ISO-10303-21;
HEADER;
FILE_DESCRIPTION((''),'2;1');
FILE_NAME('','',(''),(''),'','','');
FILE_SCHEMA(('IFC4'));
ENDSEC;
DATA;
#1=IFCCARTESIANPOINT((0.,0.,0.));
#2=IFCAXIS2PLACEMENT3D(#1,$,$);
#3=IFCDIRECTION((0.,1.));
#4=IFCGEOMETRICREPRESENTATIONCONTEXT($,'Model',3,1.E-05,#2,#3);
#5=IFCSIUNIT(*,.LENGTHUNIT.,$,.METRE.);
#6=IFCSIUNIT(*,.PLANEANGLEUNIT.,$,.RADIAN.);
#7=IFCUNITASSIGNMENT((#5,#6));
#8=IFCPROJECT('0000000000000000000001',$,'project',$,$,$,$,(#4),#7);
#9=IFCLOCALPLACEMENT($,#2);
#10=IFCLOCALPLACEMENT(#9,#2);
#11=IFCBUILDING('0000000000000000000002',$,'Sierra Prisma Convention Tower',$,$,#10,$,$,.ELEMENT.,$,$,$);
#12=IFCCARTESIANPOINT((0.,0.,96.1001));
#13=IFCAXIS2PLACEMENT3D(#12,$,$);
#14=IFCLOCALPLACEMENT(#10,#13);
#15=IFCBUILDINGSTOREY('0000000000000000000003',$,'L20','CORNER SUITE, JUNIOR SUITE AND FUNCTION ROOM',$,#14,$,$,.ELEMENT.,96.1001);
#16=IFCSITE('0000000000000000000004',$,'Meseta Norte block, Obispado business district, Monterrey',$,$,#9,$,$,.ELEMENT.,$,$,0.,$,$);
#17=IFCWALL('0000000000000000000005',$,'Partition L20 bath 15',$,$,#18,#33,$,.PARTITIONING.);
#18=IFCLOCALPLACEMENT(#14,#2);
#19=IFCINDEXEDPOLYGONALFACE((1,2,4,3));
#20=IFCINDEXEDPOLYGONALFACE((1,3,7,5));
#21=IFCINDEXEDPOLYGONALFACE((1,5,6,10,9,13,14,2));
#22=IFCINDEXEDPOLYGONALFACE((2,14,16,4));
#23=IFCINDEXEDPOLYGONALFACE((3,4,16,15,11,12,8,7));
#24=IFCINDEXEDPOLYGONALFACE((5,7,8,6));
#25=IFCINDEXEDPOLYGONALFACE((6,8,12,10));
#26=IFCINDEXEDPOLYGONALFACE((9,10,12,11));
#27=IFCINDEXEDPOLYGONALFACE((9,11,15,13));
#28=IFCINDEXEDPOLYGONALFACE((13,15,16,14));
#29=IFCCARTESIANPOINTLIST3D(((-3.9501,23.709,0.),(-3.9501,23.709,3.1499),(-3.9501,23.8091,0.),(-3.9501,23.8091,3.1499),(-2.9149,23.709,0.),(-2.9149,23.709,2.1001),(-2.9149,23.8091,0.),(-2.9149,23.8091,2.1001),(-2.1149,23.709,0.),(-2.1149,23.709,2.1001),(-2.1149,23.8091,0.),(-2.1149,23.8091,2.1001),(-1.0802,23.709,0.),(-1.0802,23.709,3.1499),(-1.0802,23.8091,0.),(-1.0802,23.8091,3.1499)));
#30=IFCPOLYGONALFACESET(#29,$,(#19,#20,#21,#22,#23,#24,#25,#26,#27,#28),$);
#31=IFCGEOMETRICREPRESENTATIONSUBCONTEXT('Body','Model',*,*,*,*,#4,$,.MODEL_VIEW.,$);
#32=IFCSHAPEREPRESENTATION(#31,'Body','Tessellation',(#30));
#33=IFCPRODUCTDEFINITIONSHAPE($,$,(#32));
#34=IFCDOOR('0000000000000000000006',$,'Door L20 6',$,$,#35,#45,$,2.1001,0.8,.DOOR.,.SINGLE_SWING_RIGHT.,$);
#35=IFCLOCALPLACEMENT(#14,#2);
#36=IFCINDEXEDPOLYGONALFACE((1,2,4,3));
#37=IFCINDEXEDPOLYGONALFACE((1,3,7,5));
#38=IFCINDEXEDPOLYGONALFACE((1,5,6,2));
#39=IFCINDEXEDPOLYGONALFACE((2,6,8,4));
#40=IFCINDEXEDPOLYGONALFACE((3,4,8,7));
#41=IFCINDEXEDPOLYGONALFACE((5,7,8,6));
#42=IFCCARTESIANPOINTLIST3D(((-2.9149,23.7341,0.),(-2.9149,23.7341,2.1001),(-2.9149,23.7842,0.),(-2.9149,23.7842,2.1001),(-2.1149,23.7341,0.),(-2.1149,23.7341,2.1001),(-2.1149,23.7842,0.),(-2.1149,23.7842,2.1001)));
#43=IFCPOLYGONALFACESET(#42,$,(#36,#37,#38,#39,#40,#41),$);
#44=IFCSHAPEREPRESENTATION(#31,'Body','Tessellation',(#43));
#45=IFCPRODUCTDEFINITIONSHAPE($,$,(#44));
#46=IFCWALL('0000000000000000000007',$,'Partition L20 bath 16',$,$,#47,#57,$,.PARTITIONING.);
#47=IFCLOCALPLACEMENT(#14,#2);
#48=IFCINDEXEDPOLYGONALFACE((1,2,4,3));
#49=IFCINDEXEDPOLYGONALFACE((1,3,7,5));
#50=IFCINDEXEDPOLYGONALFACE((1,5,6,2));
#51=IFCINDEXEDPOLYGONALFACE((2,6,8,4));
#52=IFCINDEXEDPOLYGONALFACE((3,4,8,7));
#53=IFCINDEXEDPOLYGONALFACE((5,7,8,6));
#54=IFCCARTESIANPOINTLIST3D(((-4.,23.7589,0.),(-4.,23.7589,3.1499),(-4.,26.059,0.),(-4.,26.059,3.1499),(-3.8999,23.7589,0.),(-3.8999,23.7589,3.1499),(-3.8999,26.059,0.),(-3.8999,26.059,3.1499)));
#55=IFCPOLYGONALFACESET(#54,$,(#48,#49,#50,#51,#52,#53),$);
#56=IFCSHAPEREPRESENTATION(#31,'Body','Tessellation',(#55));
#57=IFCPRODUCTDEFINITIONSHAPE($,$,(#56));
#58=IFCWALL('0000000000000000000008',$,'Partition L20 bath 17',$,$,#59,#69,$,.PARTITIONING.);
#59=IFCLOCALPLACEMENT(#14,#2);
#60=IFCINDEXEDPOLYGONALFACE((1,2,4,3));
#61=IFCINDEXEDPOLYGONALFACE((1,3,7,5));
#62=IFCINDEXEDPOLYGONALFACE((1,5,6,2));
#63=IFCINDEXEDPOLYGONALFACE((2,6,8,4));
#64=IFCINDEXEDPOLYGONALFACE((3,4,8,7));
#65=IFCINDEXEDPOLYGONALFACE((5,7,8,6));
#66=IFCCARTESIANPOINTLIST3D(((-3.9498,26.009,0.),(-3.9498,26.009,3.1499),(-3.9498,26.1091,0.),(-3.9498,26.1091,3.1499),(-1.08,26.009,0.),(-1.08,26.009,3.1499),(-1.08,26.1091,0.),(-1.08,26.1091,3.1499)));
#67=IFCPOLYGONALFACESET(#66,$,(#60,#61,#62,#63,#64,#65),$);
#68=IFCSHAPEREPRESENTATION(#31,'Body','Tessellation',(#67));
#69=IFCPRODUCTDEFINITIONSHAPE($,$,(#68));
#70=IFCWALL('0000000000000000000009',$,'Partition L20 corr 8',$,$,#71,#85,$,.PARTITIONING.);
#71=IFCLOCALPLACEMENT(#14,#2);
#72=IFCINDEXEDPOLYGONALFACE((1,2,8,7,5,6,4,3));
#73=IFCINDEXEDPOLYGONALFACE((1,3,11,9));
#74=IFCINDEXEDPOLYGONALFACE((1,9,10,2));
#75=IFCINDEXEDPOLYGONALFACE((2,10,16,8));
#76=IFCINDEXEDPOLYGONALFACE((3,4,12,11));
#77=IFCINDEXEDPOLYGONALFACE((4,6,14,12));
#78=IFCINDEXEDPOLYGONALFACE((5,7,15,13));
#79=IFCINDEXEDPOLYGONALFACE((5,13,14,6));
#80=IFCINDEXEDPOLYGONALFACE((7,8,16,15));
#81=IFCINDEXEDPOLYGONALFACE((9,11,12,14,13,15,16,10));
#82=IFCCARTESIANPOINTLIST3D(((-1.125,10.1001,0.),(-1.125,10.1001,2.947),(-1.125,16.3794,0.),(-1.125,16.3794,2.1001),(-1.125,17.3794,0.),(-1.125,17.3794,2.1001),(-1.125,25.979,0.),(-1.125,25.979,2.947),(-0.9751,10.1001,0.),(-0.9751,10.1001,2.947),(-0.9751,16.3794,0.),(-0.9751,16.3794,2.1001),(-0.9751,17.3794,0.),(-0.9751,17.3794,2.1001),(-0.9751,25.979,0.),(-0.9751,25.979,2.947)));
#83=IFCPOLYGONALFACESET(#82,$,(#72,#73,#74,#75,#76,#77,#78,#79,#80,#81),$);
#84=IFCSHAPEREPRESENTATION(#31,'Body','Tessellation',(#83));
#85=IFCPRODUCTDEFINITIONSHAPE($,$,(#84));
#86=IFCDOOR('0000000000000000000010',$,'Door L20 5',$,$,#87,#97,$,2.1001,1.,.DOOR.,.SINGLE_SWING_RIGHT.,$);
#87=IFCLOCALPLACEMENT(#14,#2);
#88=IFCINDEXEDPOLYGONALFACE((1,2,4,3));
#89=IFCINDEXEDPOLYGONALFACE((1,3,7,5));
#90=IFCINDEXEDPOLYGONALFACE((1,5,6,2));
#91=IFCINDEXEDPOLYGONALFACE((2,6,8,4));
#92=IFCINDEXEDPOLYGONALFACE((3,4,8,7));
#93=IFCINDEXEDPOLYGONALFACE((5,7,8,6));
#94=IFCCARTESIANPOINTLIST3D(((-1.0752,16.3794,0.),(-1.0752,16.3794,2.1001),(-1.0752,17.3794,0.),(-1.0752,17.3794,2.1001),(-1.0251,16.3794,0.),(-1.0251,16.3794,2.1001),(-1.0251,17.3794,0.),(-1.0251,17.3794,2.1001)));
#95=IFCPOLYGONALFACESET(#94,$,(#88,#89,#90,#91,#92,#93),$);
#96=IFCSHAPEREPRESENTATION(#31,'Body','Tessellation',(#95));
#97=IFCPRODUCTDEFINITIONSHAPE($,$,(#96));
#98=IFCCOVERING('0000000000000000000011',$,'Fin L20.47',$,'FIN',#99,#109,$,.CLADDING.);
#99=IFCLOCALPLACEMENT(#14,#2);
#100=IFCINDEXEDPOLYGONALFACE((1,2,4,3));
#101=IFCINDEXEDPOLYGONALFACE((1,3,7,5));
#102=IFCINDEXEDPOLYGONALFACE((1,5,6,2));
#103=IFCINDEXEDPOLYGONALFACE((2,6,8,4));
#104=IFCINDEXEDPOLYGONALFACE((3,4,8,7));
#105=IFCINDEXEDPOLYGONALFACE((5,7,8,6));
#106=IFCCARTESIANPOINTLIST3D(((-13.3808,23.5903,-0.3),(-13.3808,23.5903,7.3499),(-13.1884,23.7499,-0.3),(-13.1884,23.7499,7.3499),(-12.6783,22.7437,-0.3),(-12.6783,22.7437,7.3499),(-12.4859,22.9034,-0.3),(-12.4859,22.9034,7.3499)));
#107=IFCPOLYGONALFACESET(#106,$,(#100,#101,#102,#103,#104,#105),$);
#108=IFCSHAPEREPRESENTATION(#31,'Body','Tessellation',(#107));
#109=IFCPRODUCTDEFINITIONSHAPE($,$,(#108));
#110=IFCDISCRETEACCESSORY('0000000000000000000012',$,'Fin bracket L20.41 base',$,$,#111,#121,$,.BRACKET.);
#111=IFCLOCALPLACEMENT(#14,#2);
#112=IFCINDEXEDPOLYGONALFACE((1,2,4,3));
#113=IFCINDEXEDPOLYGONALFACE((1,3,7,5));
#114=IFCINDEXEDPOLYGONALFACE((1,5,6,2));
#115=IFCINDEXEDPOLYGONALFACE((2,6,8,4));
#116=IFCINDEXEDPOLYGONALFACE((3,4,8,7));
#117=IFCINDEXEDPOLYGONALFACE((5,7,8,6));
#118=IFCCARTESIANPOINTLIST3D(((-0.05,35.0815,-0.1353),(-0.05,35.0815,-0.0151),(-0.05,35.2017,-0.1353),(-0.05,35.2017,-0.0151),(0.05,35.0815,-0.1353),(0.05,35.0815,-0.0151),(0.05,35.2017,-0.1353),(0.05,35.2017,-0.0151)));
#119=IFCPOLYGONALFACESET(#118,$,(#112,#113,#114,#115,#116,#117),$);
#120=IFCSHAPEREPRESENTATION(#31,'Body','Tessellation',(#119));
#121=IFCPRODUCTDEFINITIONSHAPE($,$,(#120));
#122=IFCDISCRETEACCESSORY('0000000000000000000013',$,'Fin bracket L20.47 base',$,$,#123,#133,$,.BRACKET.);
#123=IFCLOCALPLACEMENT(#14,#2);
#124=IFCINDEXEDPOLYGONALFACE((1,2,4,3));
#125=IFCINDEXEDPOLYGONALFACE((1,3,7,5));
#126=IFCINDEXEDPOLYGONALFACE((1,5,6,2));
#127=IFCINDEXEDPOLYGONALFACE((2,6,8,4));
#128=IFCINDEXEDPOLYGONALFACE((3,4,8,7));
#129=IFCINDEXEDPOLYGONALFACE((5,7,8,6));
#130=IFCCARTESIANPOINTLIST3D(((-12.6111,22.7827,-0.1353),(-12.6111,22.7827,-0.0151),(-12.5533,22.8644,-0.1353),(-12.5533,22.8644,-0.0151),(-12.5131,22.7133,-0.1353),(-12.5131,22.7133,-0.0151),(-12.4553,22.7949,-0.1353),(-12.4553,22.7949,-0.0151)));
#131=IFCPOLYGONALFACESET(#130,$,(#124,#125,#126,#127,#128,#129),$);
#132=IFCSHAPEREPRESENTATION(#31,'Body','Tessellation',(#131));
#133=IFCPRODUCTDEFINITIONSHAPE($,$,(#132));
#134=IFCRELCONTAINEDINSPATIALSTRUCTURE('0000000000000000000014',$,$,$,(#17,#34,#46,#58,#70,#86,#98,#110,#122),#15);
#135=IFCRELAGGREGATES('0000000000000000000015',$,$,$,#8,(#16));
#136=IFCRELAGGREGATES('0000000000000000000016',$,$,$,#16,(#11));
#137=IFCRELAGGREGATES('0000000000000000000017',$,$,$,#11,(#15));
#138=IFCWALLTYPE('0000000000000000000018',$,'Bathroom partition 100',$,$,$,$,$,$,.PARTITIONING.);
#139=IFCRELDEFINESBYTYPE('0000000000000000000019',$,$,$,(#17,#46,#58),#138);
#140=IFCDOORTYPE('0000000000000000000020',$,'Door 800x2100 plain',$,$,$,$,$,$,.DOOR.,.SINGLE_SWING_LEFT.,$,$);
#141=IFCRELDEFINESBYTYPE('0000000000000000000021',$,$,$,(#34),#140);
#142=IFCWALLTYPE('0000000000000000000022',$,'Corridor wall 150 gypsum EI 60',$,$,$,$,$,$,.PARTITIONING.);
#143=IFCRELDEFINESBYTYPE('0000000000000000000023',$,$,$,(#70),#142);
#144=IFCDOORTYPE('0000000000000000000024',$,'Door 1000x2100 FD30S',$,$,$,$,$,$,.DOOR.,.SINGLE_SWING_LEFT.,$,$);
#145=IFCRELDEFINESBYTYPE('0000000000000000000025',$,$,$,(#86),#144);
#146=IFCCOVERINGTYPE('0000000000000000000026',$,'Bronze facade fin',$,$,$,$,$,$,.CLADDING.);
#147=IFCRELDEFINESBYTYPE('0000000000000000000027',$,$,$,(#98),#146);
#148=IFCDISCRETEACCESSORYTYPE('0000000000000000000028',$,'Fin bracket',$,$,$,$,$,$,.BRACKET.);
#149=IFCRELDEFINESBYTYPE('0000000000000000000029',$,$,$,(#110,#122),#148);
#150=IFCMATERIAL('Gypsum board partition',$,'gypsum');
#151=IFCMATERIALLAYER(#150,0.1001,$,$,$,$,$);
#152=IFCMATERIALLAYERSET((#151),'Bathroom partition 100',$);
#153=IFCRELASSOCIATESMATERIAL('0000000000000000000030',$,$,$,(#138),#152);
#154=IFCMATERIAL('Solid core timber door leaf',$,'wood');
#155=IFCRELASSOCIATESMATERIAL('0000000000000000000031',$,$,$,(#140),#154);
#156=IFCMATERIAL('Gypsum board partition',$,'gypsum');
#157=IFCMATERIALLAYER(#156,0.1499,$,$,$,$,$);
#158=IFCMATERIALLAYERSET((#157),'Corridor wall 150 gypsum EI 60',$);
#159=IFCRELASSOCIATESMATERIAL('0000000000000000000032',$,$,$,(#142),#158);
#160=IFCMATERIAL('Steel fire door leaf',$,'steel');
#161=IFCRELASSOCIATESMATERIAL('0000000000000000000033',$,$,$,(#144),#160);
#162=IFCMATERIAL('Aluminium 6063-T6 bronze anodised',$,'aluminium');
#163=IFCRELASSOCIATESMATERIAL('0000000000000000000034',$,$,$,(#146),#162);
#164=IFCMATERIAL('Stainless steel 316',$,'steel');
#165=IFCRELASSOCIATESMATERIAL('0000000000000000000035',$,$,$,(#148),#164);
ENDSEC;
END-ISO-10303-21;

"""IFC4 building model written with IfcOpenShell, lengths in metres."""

from ifc_helpers import new_model, si_unit, direction, frame, frame_2d, origin, origin_2d, place, context, subcontext, project, spatial, rectangle, extrude, material, layer, layer_set, material_profile, profile_set, type_object, element, fill, save


model = new_model("IFC4")

# Units and contexts
model_context = context("Model", 3, precision=1e-05, world=origin(), true_north=direction((0.0, 1.0)))
body_context = subcontext(model_context, "Body", "Model", "MODEL_VIEW")
ifc_project = project(units=[si_unit("LENGTHUNIT", "METRE"), si_unit("PLANEANGLEUNIT", "RADIAN")], contexts=[model_context])

# Site, building, storey
site_placement = place(None, origin())
site = spatial("IfcSite", under=ifc_project, at=site_placement, Name="Meseta Norte block, Obispado business district, Monterrey", CompositionType="ELEMENT", RefElevation=0.0)
building_placement = place(site_placement, origin())
building = spatial("IfcBuilding", under=site, at=building_placement, Name="Sierra Prisma Convention Tower", CompositionType="ELEMENT")
storey_placement = place(building_placement, frame((0.0, 0.0, 96.1001)))
storey = spatial("IfcBuildingStorey", under=building, at=storey_placement, Name="L20", Description="CORNER SUITE, JUNIOR SUITE AND FUNCTION ROOM", CompositionType="ELEMENT", Elevation=96.1001)

# Wall, opening, door
ifc_material_1 = material(Name="Gypsum board partition", Category="gypsum")
ifc_layer_1 = layer(ifc_material_1, 0.1001)
ifc_layer_set_1 = layer_set([ifc_layer_1], Name="Bathroom partition 100")
wall_type_1 = type_object("IfcWallType", Name="Bathroom partition 100", PredefinedType="PARTITIONING", material=ifc_layer_set_1)
wall_1_placement = place(storey_placement, frame((-1.0801, 23.759, 0.0), z_axis=(0.0, 0.0, 1.0), x_axis=(-1.0, 0.0, 0.0)))
wall_1 = element("IfcWall", 1, at=wall_1_placement, inside=storey, type_object=wall_type_1, Name="Partition L20 bath 15", PredefinedType="PARTITIONING", context=body_context, shape_type="SweptSolid", body=[
    extrude(rectangle(XDim=2.8699, YDim=0.1001, at=frame_2d((1.4351, 0.0))), origin(), (0.0, 0.0, 1.0), 3.1499),
])
opening_1_placement = place(wall_1_placement, frame((1.0349, 0.0, 0.0)))
opening_1 = element("IfcOpeningElement", 2, at=opening_1_placement, cuts=wall_1, PredefinedType="OPENING", context=body_context, shape_type="SweptSolid", body=[
    extrude(rectangle(XDim=0.8, YDim=2.1001, at=frame_2d((0.3999, 1.05))), frame((0.0, 0.05, 0.0), z_axis=(0.0, -1.0, 0.0), x_axis=(1.0, 0.0, 0.0)), (0.0, 0.0, 1.0), 0.1001),
])
ifc_material_2 = material(Name="Solid core timber door leaf", Category="wood")
door_type_1 = type_object("IfcDoorType", Name="Door 800x2100 plain", OperationType="SINGLE_SWING_LEFT", PredefinedType="DOOR", material=ifc_material_2)
door_1_placement = place(opening_1_placement, origin())
door_1 = element("IfcDoor", 3, at=door_1_placement, inside=storey, type_object=door_type_1, Name="Door L20 6", OperationType="SINGLE_SWING_RIGHT", OverallHeight=2.1001, OverallWidth=0.8, PredefinedType="DOOR", context=body_context, shape_type="SweptSolid", body=[
    extrude(rectangle(XDim=0.8, YDim=2.1001, at=frame_2d((0.3999, 1.05))), frame((0.0, 0.0249, 0.0), z_axis=(0.0, -1.0, 0.0), x_axis=(1.0, 0.0, 0.0)), (0.0, 0.0, 1.0), 0.05),
])
fill(opening_1, door_1)

# Walls
wall_2_placement = place(storey_placement, frame((-3.95, 23.759, 0.0), z_axis=(0.0, 0.0, 1.0), x_axis=(0.0, 1.0, 0.0)))
element("IfcWall", 4, at=wall_2_placement, inside=storey, type_object=wall_type_1, Name="Partition L20 bath 16", PredefinedType="PARTITIONING", context=body_context, shape_type="SweptSolid", body=[
    extrude(rectangle(XDim=2.3, YDim=0.1001, at=frame_2d((1.1499, 0.0))), origin(), (0.0, 0.0, 1.0), 3.1499),
])
wall_3_placement = place(storey_placement, frame((-3.95, 26.0591, 0.0), z_axis=(0.0, 0.0, 1.0), x_axis=(1.0, 0.0, 0.0)))
element("IfcWall", 5, at=wall_3_placement, inside=storey, type_object=wall_type_1, Name="Partition L20 bath 17", PredefinedType="PARTITIONING", context=body_context, shape_type="SweptSolid", body=[
    extrude(rectangle(XDim=2.8699, YDim=0.1001, at=frame_2d((1.4351, 0.0))), origin(), (0.0, 0.0, 1.0), 3.1499),
])

# Wall, opening, door
ifc_material_3 = material(Name="Gypsum board partition", Category="gypsum")
ifc_layer_2 = layer(ifc_material_3, 0.1499)
ifc_layer_set_2 = layer_set([ifc_layer_2], Name="Corridor wall 150 gypsum EI 60")
wall_type_2 = type_object("IfcWallType", Name="Corridor wall 150 gypsum EI 60", PredefinedType="PARTITIONING", material=ifc_layer_set_2)
wall_4_placement = place(storey_placement, frame((-1.05, 25.979, 0.0), z_axis=(0.0, 0.0, 1.0), x_axis=(0.0, -1.0, 0.0)))
wall_4 = element("IfcWall", 6, at=wall_4_placement, inside=storey, type_object=wall_type_2, Name="Partition L20 corr 8", PredefinedType="PARTITIONING", context=body_context, shape_type="SweptSolid", body=[
    extrude(rectangle(XDim=15.8789, YDim=0.1499, at=frame_2d((7.9395, 0.0))), origin(), (0.0, 0.0, 1.0), 2.947),
])
opening_2_placement = place(wall_4_placement, frame((8.5996, 0.0, 0.0)))
opening_2 = element("IfcOpeningElement", 7, at=opening_2_placement, cuts=wall_4, PredefinedType="OPENING", context=body_context, shape_type="SweptSolid", body=[
    extrude(rectangle(XDim=1.0, YDim=2.1001, at=frame_2d((0.5, 1.05))), frame((0.0, 0.075, 0.0), z_axis=(0.0, -1.0, 0.0), x_axis=(1.0, 0.0, 0.0)), (0.0, 0.0, 1.0), 0.1499),
])
ifc_material_4 = material(Name="Steel fire door leaf", Category="steel")
door_type_2 = type_object("IfcDoorType", Name="Door 1000x2100 FD30S", OperationType="SINGLE_SWING_LEFT", PredefinedType="DOOR", material=ifc_material_4)
door_2_placement = place(opening_2_placement, origin())
door_2 = element("IfcDoor", 8, at=door_2_placement, inside=storey, type_object=door_type_2, Name="Door L20 5", OperationType="SINGLE_SWING_RIGHT", OverallHeight=2.1001, OverallWidth=1.0, PredefinedType="DOOR", context=body_context, shape_type="SweptSolid", body=[
    extrude(rectangle(XDim=1.0, YDim=2.1001, at=frame_2d((0.5, 1.05))), frame((0.0, 0.0249, 0.0), z_axis=(0.0, -1.0, 0.0), x_axis=(1.0, 0.0, 0.0)), (0.0, 0.0, 1.0), 0.05),
])
fill(opening_2, door_2)

# Covering
ifc_material_5 = material(Name="Aluminium 6063-T6 bronze anodised", Category="aluminium")
ifc_material_profile_1 = material_profile(ifc_material_5, rectangle(XDim=1.1001, YDim=0.25, at=origin_2d()), Name="ALU FIN 1100x250")
ifc_profile_set_1 = profile_set([ifc_material_profile_1], Name="Aluminium 6063-T6 bronze anodised")
covering_type = type_object("IfcCoveringType", Name="Bronze facade fin", PredefinedType="CLADDING", material=ifc_profile_set_1)
covering_placement = place(storey_placement, frame((-12.9333, 23.2468, -0.3), z_axis=(0.0, 0.0, 1.0), x_axis=(-0.638642, 0.769504, 0.0)))
element("IfcCovering", 9, at=covering_placement, inside=storey, type_object=covering_type, Name="Fin L20.47", ObjectType="FIN", PredefinedType="CLADDING", context=body_context, shape_type="SweptSolid", body=[
    extrude(rectangle(XDim=1.1001, YDim=0.25, at=origin_2d()), origin(), (0.0, 0.0, 1.0), 7.6499),
])

# Discrete accessories
ifc_material_6 = material(Name="Stainless steel 316", Category="steel")
discrete_accessory_type = type_object("IfcDiscreteAccessoryType", Name="Fin bracket", PredefinedType="BRACKET", material=ifc_material_6)
for number, where, z_axis, x_axis, name in (
    (10, (0.0, 35.1416, -0.1353), (0.0, 0.0, 1.0), (0.0, 1.0, 0.0), "Fin bracket L20.41 base"),
    (11, (-12.5332, 22.7888, -0.1353), (0.0, 0.0, 1.0), (-0.816043, 0.577991, 0.0), "Fin bracket L20.47 base"),
):
    element("IfcDiscreteAccessory", number, at=place(storey_placement, frame(where, z_axis=z_axis, x_axis=x_axis)), inside=storey, type_object=discrete_accessory_type, Name=name, PredefinedType="BRACKET", context=body_context, shape_type="SweptSolid", body=[
        extrude(rectangle(XDim=0.1201, YDim=0.1001, at=origin_2d()), origin(), (0.0, 0.0, 1.0), 0.1201),
    ])

save(model, "model.ifc")
